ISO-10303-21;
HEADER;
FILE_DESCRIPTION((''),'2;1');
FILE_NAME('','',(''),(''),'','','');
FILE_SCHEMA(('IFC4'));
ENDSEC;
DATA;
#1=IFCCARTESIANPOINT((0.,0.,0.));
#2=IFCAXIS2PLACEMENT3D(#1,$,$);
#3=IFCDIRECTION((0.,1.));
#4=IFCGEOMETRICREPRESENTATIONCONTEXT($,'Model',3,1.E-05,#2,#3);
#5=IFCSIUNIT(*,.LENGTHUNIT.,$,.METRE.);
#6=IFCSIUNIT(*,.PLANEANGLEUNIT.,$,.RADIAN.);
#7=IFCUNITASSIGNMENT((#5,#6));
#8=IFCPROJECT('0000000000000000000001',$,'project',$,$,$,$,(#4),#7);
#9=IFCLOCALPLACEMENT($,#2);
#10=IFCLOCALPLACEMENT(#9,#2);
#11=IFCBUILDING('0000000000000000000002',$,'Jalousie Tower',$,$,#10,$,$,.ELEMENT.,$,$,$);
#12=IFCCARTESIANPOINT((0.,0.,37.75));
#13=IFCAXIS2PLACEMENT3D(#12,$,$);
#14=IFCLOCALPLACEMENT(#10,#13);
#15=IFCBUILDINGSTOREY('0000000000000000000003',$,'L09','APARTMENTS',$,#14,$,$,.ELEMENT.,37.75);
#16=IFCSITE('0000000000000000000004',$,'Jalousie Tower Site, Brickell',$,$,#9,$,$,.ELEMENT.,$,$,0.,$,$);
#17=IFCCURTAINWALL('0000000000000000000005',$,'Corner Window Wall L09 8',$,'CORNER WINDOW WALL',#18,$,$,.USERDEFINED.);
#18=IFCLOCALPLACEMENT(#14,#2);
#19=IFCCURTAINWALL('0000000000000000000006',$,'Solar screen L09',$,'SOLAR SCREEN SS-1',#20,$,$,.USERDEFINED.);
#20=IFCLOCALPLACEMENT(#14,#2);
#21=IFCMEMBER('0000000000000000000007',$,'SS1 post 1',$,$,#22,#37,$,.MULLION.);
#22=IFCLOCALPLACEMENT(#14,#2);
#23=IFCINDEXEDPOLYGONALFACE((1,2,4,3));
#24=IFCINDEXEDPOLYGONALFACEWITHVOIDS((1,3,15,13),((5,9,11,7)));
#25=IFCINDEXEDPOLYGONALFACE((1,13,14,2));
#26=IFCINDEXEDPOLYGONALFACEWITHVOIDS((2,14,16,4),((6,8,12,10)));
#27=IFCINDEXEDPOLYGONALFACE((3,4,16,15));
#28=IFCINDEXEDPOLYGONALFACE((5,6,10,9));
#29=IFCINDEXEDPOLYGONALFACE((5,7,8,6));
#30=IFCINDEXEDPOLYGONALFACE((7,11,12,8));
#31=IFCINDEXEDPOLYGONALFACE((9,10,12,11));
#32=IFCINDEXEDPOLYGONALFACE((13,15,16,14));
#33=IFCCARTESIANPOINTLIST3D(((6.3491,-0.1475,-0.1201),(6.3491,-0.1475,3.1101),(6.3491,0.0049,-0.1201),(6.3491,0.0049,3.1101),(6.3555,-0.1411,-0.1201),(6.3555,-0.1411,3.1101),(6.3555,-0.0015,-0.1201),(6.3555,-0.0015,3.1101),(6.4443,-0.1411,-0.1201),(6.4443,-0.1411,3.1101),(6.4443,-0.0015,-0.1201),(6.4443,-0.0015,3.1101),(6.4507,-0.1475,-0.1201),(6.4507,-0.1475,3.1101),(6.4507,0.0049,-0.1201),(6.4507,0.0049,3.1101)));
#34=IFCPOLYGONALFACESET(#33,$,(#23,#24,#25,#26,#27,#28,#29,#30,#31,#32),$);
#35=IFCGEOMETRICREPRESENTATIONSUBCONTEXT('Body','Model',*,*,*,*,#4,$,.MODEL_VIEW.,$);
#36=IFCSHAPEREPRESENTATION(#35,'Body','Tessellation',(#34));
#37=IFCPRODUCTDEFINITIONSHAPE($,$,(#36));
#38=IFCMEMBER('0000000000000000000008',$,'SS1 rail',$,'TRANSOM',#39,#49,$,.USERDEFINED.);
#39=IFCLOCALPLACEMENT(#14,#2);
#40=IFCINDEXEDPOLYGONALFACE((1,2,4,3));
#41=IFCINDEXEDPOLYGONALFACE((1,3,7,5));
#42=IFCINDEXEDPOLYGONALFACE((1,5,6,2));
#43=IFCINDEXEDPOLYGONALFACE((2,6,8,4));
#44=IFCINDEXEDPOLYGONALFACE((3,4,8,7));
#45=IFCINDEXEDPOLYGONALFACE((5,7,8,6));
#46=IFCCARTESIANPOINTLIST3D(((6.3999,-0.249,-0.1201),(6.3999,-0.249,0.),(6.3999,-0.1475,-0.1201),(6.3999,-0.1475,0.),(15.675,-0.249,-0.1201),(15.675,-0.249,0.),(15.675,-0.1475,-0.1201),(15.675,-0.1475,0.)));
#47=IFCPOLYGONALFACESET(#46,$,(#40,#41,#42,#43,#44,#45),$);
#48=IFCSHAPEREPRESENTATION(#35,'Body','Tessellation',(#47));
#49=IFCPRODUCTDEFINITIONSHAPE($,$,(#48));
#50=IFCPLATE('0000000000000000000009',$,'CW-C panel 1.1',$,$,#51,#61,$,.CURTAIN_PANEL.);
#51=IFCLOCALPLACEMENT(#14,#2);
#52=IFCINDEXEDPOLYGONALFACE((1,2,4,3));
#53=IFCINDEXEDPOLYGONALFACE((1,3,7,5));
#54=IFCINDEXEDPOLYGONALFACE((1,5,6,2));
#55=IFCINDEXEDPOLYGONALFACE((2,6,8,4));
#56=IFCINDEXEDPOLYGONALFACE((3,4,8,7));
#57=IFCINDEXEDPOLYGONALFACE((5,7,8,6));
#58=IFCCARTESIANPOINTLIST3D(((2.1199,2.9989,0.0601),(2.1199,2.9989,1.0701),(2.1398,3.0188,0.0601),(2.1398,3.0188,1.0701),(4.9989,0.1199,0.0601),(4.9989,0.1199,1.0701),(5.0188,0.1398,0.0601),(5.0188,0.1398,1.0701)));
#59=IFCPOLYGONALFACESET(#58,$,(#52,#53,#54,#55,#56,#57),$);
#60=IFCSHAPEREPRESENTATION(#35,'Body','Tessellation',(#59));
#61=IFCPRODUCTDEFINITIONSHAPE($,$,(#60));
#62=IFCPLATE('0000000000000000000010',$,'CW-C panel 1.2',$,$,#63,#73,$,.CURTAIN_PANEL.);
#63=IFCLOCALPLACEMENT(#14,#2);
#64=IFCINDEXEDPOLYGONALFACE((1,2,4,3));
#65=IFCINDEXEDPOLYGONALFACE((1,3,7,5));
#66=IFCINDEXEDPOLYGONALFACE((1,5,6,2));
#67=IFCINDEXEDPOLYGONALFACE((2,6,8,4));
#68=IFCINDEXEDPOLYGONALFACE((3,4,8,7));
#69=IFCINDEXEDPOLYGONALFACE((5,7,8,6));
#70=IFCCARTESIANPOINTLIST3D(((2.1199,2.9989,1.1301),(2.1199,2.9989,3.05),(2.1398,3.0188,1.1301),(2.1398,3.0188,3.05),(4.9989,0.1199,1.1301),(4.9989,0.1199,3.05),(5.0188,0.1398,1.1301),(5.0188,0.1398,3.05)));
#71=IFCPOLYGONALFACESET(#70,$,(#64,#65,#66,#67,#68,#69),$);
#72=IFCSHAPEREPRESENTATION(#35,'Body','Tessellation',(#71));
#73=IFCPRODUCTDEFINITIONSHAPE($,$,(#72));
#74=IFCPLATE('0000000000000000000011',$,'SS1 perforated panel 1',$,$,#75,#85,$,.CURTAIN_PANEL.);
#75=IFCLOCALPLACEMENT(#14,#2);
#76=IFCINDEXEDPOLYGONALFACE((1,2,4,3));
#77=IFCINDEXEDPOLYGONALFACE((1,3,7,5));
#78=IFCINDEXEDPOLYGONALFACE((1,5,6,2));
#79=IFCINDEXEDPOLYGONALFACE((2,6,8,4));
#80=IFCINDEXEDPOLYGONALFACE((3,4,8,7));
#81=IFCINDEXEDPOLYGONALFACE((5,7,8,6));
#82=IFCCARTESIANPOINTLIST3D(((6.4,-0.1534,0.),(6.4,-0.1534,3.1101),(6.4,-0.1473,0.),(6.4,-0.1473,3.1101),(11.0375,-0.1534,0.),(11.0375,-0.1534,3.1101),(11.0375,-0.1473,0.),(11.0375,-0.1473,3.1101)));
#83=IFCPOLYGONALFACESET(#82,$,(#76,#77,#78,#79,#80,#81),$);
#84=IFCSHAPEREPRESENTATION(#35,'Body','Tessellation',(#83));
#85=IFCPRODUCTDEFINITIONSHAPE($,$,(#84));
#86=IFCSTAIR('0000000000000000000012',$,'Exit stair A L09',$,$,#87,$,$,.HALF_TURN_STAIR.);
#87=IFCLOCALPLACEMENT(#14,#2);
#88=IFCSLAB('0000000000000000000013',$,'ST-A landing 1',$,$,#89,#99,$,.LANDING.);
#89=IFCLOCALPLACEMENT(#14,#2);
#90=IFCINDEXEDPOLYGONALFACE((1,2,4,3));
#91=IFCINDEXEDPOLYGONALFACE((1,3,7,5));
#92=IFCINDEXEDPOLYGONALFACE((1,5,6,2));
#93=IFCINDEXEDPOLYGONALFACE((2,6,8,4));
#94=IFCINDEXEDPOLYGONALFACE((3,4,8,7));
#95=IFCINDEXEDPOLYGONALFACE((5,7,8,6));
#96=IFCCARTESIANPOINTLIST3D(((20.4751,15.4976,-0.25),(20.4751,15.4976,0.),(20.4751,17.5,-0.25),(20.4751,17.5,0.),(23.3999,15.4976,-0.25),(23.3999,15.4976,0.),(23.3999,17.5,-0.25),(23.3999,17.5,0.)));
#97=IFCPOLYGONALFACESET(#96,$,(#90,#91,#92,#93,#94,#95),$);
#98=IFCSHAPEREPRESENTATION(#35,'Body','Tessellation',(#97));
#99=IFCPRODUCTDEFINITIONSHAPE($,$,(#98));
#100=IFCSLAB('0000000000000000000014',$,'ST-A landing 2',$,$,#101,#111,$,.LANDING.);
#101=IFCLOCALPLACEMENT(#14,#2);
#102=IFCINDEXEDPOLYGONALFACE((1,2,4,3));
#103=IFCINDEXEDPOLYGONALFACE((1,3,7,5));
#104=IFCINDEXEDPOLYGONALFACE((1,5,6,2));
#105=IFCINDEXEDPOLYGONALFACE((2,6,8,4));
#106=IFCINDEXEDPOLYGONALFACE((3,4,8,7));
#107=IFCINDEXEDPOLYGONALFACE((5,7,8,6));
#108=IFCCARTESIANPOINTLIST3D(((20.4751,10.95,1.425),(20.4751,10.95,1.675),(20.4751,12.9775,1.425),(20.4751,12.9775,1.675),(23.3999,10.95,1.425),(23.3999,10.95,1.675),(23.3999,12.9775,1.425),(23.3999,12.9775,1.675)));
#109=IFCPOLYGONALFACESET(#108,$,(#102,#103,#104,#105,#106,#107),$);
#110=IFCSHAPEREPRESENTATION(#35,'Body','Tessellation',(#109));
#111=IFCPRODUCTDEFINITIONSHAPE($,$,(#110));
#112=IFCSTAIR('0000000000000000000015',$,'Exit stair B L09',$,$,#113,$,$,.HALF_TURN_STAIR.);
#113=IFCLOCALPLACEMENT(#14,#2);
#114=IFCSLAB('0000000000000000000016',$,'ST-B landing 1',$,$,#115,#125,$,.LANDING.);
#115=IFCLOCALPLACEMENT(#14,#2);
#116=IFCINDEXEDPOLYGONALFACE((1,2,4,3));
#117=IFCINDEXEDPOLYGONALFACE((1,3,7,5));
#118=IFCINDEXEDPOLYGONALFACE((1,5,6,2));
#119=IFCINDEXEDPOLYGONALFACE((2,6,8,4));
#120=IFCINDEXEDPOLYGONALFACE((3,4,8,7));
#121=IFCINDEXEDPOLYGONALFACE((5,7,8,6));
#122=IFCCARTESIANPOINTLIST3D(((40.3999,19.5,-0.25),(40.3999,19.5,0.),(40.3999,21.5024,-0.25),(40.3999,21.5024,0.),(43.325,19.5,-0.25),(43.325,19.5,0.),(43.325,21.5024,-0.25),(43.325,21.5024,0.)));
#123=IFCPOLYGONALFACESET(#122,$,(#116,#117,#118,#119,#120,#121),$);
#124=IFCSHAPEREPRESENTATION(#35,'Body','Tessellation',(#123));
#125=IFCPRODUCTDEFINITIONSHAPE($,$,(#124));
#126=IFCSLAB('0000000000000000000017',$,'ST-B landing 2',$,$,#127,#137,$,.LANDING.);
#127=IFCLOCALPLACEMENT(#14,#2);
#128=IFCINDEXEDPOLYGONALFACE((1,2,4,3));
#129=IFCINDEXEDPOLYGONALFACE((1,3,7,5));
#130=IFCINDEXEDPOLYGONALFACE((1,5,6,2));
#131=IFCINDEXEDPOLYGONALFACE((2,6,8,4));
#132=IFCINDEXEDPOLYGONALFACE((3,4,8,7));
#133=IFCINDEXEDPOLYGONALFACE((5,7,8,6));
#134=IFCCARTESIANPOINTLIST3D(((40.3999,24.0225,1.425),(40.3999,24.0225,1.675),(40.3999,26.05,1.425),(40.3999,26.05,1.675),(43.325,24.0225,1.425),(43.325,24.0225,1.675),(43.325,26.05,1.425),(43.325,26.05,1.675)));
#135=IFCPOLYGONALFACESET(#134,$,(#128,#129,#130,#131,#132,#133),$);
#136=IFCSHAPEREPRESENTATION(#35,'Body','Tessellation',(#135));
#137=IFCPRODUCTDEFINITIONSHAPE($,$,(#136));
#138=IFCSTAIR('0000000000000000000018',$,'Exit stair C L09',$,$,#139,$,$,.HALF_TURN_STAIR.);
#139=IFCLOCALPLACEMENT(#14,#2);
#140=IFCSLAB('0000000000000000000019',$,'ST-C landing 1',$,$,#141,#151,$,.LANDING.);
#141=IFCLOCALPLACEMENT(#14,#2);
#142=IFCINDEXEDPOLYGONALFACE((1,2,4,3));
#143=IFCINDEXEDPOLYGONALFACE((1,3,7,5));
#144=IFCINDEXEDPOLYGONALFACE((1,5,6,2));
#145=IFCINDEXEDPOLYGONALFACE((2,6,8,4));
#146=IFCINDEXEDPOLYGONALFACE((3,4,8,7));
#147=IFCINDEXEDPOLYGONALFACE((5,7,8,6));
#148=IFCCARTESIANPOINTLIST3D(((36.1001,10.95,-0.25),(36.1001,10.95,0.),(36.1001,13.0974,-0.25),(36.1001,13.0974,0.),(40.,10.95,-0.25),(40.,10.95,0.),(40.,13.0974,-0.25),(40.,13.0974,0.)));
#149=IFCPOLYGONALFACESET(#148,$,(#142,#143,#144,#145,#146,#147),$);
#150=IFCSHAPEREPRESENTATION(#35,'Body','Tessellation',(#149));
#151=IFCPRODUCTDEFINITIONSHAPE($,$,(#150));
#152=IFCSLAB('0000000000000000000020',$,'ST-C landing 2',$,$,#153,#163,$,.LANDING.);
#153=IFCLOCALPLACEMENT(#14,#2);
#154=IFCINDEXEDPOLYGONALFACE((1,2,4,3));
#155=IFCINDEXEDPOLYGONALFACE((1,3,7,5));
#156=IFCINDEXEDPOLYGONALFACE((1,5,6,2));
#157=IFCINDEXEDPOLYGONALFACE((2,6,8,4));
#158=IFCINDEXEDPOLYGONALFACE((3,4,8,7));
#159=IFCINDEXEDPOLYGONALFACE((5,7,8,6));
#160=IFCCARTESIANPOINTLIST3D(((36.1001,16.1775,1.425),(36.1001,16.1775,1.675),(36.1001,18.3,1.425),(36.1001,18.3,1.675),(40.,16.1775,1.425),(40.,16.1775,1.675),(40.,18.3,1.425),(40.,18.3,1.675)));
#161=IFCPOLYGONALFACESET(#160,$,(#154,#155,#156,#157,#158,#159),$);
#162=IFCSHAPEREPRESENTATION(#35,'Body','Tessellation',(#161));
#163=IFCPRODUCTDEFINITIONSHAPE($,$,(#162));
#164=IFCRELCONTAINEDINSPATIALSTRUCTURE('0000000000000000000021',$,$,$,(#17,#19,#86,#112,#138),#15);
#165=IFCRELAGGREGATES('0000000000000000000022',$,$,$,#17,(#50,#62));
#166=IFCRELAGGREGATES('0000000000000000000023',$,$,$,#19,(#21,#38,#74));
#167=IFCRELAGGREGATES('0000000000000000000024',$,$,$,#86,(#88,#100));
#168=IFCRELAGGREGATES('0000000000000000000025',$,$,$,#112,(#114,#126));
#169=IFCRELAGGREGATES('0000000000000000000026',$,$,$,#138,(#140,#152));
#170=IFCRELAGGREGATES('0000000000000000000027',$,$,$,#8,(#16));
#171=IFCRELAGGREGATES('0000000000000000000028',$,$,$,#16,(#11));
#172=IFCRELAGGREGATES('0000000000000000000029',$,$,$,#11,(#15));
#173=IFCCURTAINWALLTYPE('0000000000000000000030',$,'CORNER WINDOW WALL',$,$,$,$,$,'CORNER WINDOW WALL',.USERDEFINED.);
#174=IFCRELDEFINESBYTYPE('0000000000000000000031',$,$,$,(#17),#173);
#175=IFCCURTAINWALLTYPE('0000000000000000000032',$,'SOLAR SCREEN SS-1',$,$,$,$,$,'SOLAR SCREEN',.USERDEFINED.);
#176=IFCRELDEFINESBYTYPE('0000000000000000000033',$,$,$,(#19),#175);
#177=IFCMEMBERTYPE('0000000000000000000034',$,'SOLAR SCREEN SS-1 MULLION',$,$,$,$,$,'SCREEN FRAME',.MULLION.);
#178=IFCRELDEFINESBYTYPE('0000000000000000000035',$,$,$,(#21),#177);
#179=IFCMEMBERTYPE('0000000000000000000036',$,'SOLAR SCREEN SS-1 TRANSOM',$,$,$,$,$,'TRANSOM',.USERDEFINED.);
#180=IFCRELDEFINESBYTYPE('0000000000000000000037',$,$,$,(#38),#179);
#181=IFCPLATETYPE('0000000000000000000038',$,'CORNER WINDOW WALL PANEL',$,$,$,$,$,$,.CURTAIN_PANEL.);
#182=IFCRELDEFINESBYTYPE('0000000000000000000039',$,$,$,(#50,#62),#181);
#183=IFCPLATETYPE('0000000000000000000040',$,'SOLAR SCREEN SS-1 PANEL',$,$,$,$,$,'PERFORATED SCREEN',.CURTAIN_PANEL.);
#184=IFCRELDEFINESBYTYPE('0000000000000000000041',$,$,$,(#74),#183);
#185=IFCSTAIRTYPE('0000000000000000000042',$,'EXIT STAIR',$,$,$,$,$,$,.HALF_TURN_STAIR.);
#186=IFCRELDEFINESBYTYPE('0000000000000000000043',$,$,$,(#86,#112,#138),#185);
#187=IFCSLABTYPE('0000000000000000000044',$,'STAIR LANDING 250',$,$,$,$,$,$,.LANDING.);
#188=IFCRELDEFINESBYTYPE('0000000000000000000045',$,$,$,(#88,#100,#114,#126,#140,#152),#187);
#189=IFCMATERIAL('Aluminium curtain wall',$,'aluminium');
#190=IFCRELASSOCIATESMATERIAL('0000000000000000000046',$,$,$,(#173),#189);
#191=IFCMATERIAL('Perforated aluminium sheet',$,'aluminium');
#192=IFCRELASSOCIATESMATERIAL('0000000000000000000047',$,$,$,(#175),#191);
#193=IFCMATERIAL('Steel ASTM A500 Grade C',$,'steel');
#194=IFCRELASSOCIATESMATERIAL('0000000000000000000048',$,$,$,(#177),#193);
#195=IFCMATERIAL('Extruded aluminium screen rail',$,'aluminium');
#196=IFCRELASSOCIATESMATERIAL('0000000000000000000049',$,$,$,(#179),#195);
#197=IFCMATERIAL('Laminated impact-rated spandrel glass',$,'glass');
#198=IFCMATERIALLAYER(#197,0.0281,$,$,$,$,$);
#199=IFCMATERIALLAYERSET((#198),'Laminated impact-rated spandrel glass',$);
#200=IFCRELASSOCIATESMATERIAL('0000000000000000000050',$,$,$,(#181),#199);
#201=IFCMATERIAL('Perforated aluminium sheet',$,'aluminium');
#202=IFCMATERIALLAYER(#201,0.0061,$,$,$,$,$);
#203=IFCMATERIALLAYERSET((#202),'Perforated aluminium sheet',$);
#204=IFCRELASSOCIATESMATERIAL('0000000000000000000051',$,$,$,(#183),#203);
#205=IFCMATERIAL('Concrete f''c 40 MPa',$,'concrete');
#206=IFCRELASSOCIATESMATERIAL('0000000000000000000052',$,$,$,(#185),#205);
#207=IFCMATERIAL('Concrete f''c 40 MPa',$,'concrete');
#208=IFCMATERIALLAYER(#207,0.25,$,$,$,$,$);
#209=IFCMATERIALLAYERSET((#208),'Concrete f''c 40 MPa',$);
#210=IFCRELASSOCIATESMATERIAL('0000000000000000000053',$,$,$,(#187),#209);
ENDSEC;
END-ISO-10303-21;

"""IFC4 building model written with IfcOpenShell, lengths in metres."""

from ifc_helpers import new_model, si_unit, direction, frame, origin, origin_2d, place, context, subcontext, project, spatial, polyline, rectangle, hollow_rectangle, outline, extrude, material, layer, layer_set, material_profile, profile_set, type_object, element, aggregate, save


model = new_model("IFC4")

# Units and contexts
model_context = context("Model", 3, precision=1e-05, world=origin(), true_north=direction((0.0, 1.0)))
body_context = subcontext(model_context, "Body", "Model", "MODEL_VIEW")
ifc_project = project(units=[si_unit("LENGTHUNIT", "METRE"), si_unit("PLANEANGLEUNIT", "RADIAN")], contexts=[model_context])

# Site, building, storey
site_placement = place(None, origin())
site = spatial("IfcSite", under=ifc_project, at=site_placement, Name="Jalousie Tower Site, Brickell", CompositionType="ELEMENT", RefElevation=0.0)
building_placement = place(site_placement, origin())
building = spatial("IfcBuilding", under=site, at=building_placement, Name="Jalousie Tower", CompositionType="ELEMENT")
storey_placement = place(building_placement, frame((0.0, 0.0, 37.75)))
storey = spatial("IfcBuildingStorey", under=building, at=storey_placement, Name="L09", Description="APARTMENTS", CompositionType="ELEMENT", Elevation=37.75)

# Curtain wall
ifc_material_1 = material(Name="Aluminium curtain wall", Category="aluminium")
curtain_wall_type_1 = type_object("IfcCurtainWallType", Name="CORNER WINDOW WALL", ElementType="CORNER WINDOW WALL", PredefinedType="USERDEFINED", material=ifc_material_1)
curtain_wall_1_placement = place(storey_placement, origin())
curtain_wall_1 = element("IfcCurtainWall", 1, at=curtain_wall_1_placement, inside=storey, type_object=curtain_wall_type_1, Name="Corner Window Wall L09 8", ObjectType="CORNER WINDOW WALL", PredefinedType="USERDEFINED")

# Curtain wall, members
ifc_material_2 = material(Name="Perforated aluminium sheet", Category="aluminium")
curtain_wall_type_2 = type_object("IfcCurtainWallType", Name="SOLAR SCREEN SS-1", ElementType="SOLAR SCREEN", PredefinedType="USERDEFINED", material=ifc_material_2)
curtain_wall_2_placement = place(storey_placement, origin())
curtain_wall_2 = element("IfcCurtainWall", 2, at=curtain_wall_2_placement, inside=storey, type_object=curtain_wall_type_2, Name="Solar screen L09", ObjectType="SOLAR SCREEN SS-1", PredefinedType="USERDEFINED")
ifc_material_3 = material(Name="Steel ASTM A500 Grade C", Category="steel")
ifc_material_profile_1 = material_profile(ifc_material_3, hollow_rectangle(XDim=0.1016, YDim=0.1523, WallThickness=0.0063, at=origin_2d()), Name="HSS6X4X1/4")
ifc_profile_set_1 = profile_set([ifc_material_profile_1], Name="Steel ASTM A500 Grade C")
member_type_1 = type_object("IfcMemberType", Name="SOLAR SCREEN SS-1 MULLION", ElementType="SCREEN FRAME", PredefinedType="MULLION", material=ifc_profile_set_1)
member_1_placement = place(storey_placement, frame((6.3999, -0.0713, -0.1201), z_axis=(0.0, 0.0, 1.0), x_axis=(1.0, 0.0, 0.0)))
member_1 = element("IfcMember", 3, at=member_1_placement, type_object=member_type_1, Name="SS1 post 1", PredefinedType="MULLION", context=body_context, shape_type="SweptSolid", body=[
    extrude(hollow_rectangle(XDim=0.1016, YDim=0.1523, WallThickness=0.0063, at=origin_2d()), origin(), (0.0, 0.0, 1.0), 3.2302),
])
ifc_material_4 = material(Name="Extruded aluminium screen rail", Category="aluminium")
ifc_material_profile_2 = material_profile(ifc_material_4, rectangle(XDim=0.1016, YDim=0.1201, at=origin_2d()), Name="RAIL 102x120")
ifc_profile_set_2 = profile_set([ifc_material_profile_2], Name="Extruded aluminium screen rail")
member_type_2 = type_object("IfcMemberType", Name="SOLAR SCREEN SS-1 TRANSOM", ElementType="TRANSOM", PredefinedType="USERDEFINED", material=ifc_profile_set_2)
member_2_placement = place(storey_placement, frame((6.3999, -0.1982, -0.0601), z_axis=(1.0, 0.0, 0.0), x_axis=(0.0, 1.0, 0.0)))
member_2 = element("IfcMember", 4, at=member_2_placement, type_object=member_type_2, Name="SS1 rail", ObjectType="TRANSOM", PredefinedType="USERDEFINED", context=body_context, shape_type="SweptSolid", body=[
    extrude(rectangle(XDim=0.1016, YDim=0.1201, at=origin_2d()), origin(), (0.0, 0.0, 1.0), 9.2751),
])

# Plates
ifc_material_5 = material(Name="Laminated impact-rated spandrel glass", Category="glass")
ifc_layer_1 = layer(ifc_material_5, 0.0281)
ifc_layer_set_1 = layer_set([ifc_layer_1], Name="Laminated impact-rated spandrel glass")
plate_type_1 = type_object("IfcPlateType", Name="CORNER WINDOW WALL PANEL", PredefinedType="CURTAIN_PANEL", material=ifc_layer_set_1)
plate_1_placement = place(storey_placement, frame((3.5693, 1.5693, 0.0601), z_axis=(0.0, 0.0, 1.0), x_axis=(0.707107, -0.707107, 0.0)))
plate_1 = element("IfcPlate", 5, at=plate_1_placement, type_object=plate_type_1, Name="CW-C panel 1.1", PredefinedType="CURTAIN_PANEL", context=body_context, shape_type="SweptSolid", body=[
    extrude(rectangle(XDim=4.0715, YDim=0.0281, at=origin_2d()), origin(), (0.0, 0.0, 1.0), 1.01),
])
plate_2_placement = place(storey_placement, frame((3.5693, 1.5693, 1.1301), z_axis=(0.0, 0.0, 1.0), x_axis=(0.707107, -0.707107, 0.0)))
plate_2 = element("IfcPlate", 6, at=plate_2_placement, type_object=plate_type_1, Name="CW-C panel 1.2", PredefinedType="CURTAIN_PANEL", context=body_context, shape_type="SweptSolid", body=[
    extrude(rectangle(XDim=4.0715, YDim=0.0281, at=origin_2d()), origin(), (0.0, 0.0, 1.0), 1.9199),
])
aggregate(curtain_wall_1, [plate_1, plate_2])

# Plate
ifc_material_6 = material(Name="Perforated aluminium sheet", Category="aluminium")
ifc_layer_2 = layer(ifc_material_6, 0.0061)
ifc_layer_set_2 = layer_set([ifc_layer_2], Name="Perforated aluminium sheet")
plate_type_2 = type_object("IfcPlateType", Name="SOLAR SCREEN SS-1 PANEL", ElementType="PERFORATED SCREEN", PredefinedType="CURTAIN_PANEL", material=ifc_layer_set_2)
plate_3_placement = place(storey_placement, frame((8.7188, -0.1504, 0.0), z_axis=(0.0, 0.0, 1.0), x_axis=(1.0, 0.0, 0.0)))
plate_3 = element("IfcPlate", 7, at=plate_3_placement, type_object=plate_type_2, Name="SS1 perforated panel 1", PredefinedType="CURTAIN_PANEL", context=body_context, shape_type="SweptSolid", body=[
    extrude(rectangle(XDim=4.6375, YDim=0.0061, at=origin_2d()), origin(), (0.0, 0.0, 1.0), 3.1101),
])
aggregate(curtain_wall_2, [member_1, member_2, plate_3])

# Stairs, slabs
ifc_material_7 = material(Name="Concrete f'c 40 MPa", Category="concrete")
stair_type = type_object("IfcStairType", Name="EXIT STAIR", PredefinedType="HALF_TURN_STAIR", material=ifc_material_7)
stair_1_placement = place(storey_placement, origin())
stair_1 = element("IfcStair", 8, at=stair_1_placement, inside=storey, type_object=stair_type, Name="Exit stair A L09", PredefinedType="HALF_TURN_STAIR")
ifc_material_8 = material(Name="Concrete f'c 40 MPa", Category="concrete")
ifc_layer_3 = layer(ifc_material_8, 0.25)
ifc_layer_set_3 = layer_set([ifc_layer_3], Name="Concrete f'c 40 MPa")
slab_type_1 = type_object("IfcSlabType", Name="STAIR LANDING 250", PredefinedType="LANDING", material=ifc_layer_set_3)
slab_1_placement = place(storey_placement, frame((0.0, 0.0, -0.25)))
slab_1 = element("IfcSlab", 9, at=slab_1_placement, type_object=slab_type_1, Name="ST-A landing 1", PredefinedType="LANDING", context=body_context, shape_type="SweptSolid", body=[
    extrude(outline(polyline([(20.4751, 15.4976), (23.3999, 15.4976), (23.3999, 17.5), (20.4751, 17.5), (20.4751, 15.4976)])), origin(), (0.0, 0.0, 1.0), 0.25),
])
slab_2_placement = place(storey_placement, frame((0.0, 0.0, 1.425)))
slab_2 = element("IfcSlab", 10, at=slab_2_placement, type_object=slab_type_1, Name="ST-A landing 2", PredefinedType="LANDING", context=body_context, shape_type="SweptSolid", body=[
    extrude(outline(polyline([(20.4751, 10.95), (23.3999, 10.95), (23.3999, 12.9775), (20.4751, 12.9775), (20.4751, 10.95)])), origin(), (0.0, 0.0, 1.0), 0.25),
])
aggregate(stair_1, [slab_1, slab_2])
stair_2_placement = place(storey_placement, origin())
stair_2 = element("IfcStair", 11, at=stair_2_placement, inside=storey, type_object=stair_type, Name="Exit stair B L09", PredefinedType="HALF_TURN_STAIR")
slab_3_placement = place(storey_placement, frame((0.0, 0.0, -0.25)))
slab_3 = element("IfcSlab", 12, at=slab_3_placement, type_object=slab_type_1, Name="ST-B landing 1", PredefinedType="LANDING", context=body_context, shape_type="SweptSolid", body=[
    extrude(outline(polyline([(40.3999, 19.5), (43.325, 19.5), (43.325, 21.5024), (40.3999, 21.5024), (40.3999, 19.5)])), origin(), (0.0, 0.0, 1.0), 0.25),
])
slab_4_placement = place(storey_placement, frame((0.0, 0.0, 1.425)))
slab_4 = element("IfcSlab", 13, at=slab_4_placement, type_object=slab_type_1, Name="ST-B landing 2", PredefinedType="LANDING", context=body_context, shape_type="SweptSolid", body=[
    extrude(outline(polyline([(40.3999, 24.0225), (43.325, 24.0225), (43.325, 26.05), (40.3999, 26.05), (40.3999, 24.0225)])), origin(), (0.0, 0.0, 1.0), 0.25),
])
aggregate(stair_2, [slab_3, slab_4])
stair_3_placement = place(storey_placement, origin())
stair_3 = element("IfcStair", 14, at=stair_3_placement, inside=storey, type_object=stair_type, Name="Exit stair C L09", PredefinedType="HALF_TURN_STAIR")
slab_5_placement = place(storey_placement, frame((0.0, 0.0, -0.25)))
slab_5 = element("IfcSlab", 15, at=slab_5_placement, type_object=slab_type_1, Name="ST-C landing 1", PredefinedType="LANDING", context=body_context, shape_type="SweptSolid", body=[
    extrude(outline(polyline([(36.1001, 10.95), (40.0, 10.95), (40.0, 13.0974), (36.1001, 13.0974), (36.1001, 10.95)])), origin(), (0.0, 0.0, 1.0), 0.25),
])
slab_6_placement = place(storey_placement, frame((0.0, 0.0, 1.425)))
slab_6 = element("IfcSlab", 16, at=slab_6_placement, type_object=slab_type_1, Name="ST-C landing 2", PredefinedType="LANDING", context=body_context, shape_type="SweptSolid", body=[
    extrude(outline(polyline([(36.1001, 16.1775), (40.0, 16.1775), (40.0, 18.3), (36.1001, 18.3), (36.1001, 16.1775)])), origin(), (0.0, 0.0, 1.0), 0.25),
])
aggregate(stair_3, [slab_5, slab_6])

save(model, "model.ifc")
